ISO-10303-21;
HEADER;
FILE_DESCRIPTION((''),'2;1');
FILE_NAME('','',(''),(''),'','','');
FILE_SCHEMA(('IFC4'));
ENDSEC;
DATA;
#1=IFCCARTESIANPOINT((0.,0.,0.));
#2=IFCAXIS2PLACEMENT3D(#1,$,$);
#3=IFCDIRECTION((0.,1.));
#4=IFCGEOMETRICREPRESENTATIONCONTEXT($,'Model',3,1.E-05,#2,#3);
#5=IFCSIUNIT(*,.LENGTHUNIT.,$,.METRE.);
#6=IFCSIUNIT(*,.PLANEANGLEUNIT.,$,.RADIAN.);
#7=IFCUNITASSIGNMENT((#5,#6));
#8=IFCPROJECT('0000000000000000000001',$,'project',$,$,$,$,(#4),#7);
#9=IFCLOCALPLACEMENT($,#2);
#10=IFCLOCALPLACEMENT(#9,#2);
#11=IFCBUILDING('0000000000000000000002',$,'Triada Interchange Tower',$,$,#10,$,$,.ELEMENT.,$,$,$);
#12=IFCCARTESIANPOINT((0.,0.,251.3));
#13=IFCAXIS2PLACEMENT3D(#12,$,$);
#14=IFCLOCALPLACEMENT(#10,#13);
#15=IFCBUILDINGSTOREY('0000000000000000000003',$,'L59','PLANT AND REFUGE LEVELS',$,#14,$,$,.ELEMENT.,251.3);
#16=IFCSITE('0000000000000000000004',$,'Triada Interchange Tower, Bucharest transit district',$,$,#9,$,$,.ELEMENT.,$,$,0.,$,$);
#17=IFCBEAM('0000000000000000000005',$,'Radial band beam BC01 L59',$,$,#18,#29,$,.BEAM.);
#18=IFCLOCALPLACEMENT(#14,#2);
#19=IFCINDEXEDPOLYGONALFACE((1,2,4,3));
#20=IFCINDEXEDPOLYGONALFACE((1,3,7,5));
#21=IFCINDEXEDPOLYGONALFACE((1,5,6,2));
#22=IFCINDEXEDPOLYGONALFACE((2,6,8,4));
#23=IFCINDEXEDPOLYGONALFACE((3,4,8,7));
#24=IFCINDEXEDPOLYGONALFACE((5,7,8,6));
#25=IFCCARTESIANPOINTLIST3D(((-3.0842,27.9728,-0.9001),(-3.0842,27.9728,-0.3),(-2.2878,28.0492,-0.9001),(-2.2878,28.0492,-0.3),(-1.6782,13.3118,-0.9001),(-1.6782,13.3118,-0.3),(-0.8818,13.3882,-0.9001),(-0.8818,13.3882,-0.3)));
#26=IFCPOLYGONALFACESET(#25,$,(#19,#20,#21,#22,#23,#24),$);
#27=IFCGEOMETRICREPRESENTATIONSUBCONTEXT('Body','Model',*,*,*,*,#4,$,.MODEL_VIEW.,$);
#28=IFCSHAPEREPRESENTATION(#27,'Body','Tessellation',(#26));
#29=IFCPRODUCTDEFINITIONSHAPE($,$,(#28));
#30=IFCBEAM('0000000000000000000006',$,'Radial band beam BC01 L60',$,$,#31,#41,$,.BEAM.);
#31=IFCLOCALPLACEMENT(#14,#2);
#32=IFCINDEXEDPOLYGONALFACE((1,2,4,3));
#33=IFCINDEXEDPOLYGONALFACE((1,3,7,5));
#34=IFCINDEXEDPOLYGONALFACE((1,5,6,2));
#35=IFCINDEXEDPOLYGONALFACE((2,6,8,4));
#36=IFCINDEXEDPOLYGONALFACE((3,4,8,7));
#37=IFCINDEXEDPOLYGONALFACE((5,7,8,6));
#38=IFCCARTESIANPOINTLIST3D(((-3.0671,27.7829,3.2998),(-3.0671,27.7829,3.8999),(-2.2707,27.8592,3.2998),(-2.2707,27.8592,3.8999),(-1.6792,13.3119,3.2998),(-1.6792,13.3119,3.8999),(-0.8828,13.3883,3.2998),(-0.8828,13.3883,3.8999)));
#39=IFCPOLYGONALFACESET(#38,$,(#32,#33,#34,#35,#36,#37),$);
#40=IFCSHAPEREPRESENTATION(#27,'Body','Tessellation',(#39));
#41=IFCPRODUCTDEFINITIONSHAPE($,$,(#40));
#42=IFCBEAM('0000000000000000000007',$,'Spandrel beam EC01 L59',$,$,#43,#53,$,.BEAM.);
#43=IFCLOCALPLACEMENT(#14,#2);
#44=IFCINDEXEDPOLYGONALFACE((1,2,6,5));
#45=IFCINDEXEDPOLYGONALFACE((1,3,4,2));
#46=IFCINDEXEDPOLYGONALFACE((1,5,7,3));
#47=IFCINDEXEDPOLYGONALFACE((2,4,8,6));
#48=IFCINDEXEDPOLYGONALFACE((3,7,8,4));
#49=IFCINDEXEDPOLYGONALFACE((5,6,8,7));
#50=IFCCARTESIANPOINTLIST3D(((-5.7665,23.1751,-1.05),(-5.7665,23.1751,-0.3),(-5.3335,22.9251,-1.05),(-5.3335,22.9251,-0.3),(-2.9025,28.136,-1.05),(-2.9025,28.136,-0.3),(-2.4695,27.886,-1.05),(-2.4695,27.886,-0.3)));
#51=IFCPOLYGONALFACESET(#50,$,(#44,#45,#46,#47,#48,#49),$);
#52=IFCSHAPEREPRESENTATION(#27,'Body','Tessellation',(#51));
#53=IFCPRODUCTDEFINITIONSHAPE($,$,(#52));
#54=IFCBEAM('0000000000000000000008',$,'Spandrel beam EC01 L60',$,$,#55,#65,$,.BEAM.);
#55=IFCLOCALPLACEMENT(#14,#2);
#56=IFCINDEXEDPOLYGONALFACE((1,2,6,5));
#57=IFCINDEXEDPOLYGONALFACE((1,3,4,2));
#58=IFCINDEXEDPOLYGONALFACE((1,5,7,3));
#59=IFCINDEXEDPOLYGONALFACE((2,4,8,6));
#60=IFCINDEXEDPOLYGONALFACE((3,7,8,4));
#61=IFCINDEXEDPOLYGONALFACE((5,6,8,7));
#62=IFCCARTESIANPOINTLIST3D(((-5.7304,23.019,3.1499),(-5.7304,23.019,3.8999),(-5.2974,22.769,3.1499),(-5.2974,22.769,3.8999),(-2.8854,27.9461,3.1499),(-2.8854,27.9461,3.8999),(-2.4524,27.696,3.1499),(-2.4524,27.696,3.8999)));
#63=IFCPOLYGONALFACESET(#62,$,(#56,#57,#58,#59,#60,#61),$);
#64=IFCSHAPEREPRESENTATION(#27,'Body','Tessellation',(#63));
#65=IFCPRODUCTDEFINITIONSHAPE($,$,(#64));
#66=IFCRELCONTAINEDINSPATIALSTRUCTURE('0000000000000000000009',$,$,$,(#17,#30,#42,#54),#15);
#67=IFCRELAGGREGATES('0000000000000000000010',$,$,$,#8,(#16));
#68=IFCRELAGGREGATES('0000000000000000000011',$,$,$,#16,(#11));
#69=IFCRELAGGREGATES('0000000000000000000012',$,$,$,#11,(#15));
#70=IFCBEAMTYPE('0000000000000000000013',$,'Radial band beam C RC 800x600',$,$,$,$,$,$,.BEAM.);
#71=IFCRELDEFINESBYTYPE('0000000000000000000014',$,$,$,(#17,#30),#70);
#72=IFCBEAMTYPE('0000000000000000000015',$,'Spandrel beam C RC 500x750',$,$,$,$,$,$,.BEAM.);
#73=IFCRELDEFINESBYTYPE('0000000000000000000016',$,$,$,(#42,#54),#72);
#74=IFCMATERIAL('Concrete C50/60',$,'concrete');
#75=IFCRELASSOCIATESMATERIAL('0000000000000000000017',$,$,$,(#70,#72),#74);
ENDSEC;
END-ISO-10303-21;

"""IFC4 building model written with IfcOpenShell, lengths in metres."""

from ifc_helpers import new_model, si_unit, direction, frame, origin, origin_2d, place, context, subcontext, project, spatial, rectangle, extrude, material, material_profile, profile_set, type_object, element, save


model = new_model("IFC4")

# Units and contexts
model_context = context("Model", 3, precision=1e-05, world=origin(), true_north=direction((0.0, 1.0)))
body_context = subcontext(model_context, "Body", "Model", "MODEL_VIEW")
ifc_project = project(units=[si_unit("LENGTHUNIT", "METRE"), si_unit("PLANEANGLEUNIT", "RADIAN")], contexts=[model_context])

# Site, building, storey
site_placement = place(None, origin())
site = spatial("IfcSite", under=ifc_project, at=site_placement, Name="Triada Interchange Tower, Bucharest transit district", CompositionType="ELEMENT", RefElevation=0.0)
building_placement = place(site_placement, origin())
building = spatial("IfcBuilding", under=site, at=building_placement, Name="Triada Interchange Tower", CompositionType="ELEMENT")
storey_placement = place(building_placement, frame((0.0, 0.0, 251.3)))
storey = spatial("IfcBuildingStorey", under=building, at=storey_placement, Name="L59", Description="PLANT AND REFUGE LEVELS", CompositionType="ELEMENT", Elevation=251.3)

# Shared definitions
ifc_material_1 = material(Name="Concrete C50/60", Category="concrete")

# Beams
ifc_material_profile_1 = material_profile(ifc_material_1, rectangle(XDim=0.8, YDim=0.6001, at=origin_2d()), Name="RC 800x600")
ifc_profile_set_1 = profile_set([ifc_material_profile_1], Name="Concrete C50/60")
beam_type_1 = type_object("IfcBeamType", Name="Radial band beam C RC 800x600", PredefinedType="BEAM", material=ifc_profile_set_1)
beam_1_placement = place(storey_placement, frame((-2.686, 28.011, -0.6001), z_axis=(0.095464, -0.995433, 0.0), x_axis=(0.995433, 0.095464, 0.0)))
element("IfcBeam", 1, at=beam_1_placement, inside=storey, type_object=beam_type_1, Name="Radial band beam BC01 L59", PredefinedType="BEAM", context=body_context, shape_type="SweptSolid", body=[
    extrude(rectangle(XDim=0.8, YDim=0.6001, at=origin_2d()), origin(), (0.0, 0.0, 1.0), 14.7283),
])
beam_2_placement = place(storey_placement, frame((-2.6689, 27.821, 3.5999), z_axis=(0.095474, -0.995432, 0.0), x_axis=(0.995432, 0.095474, 0.0)))
element("IfcBeam", 2, at=beam_2_placement, inside=storey, type_object=beam_type_1, Name="Radial band beam BC01 L60", PredefinedType="BEAM", context=body_context, shape_type="SweptSolid", body=[
    extrude(rectangle(XDim=0.8, YDim=0.6001, at=origin_2d()), origin(), (0.0, 0.0, 1.0), 14.5374),
])
ifc_material_profile_2 = material_profile(ifc_material_1, rectangle(XDim=0.5, YDim=0.75, at=origin_2d()), Name="RC 500x750")
ifc_profile_set_2 = profile_set([ifc_material_profile_2], Name="Concrete C50/60")
beam_type_2 = type_object("IfcBeamType", Name="Spandrel beam C RC 500x750", PredefinedType="BEAM", material=ifc_profile_set_2)
beam_3_placement = place(storey_placement, frame((-2.686, 28.011, -0.675), z_axis=(-0.499976, -0.866039, 0.0), x_axis=(0.866039, -0.499976, 0.0)))
element("IfcBeam", 3, at=beam_3_placement, inside=storey, type_object=beam_type_2, Name="Spandrel beam EC01 L59", PredefinedType="BEAM", context=body_context, shape_type="SweptSolid", body=[
    extrude(rectangle(XDim=0.5, YDim=0.75, at=origin_2d()), origin(), (0.0, 0.0, 1.0), 5.7283),
])
beam_4_placement = place(storey_placement, frame((-2.6689, 27.821, 3.5249), z_axis=(-0.500048, -0.865998, 0.0), x_axis=(0.865998, -0.500048, 0.0)))
element("IfcBeam", 4, at=beam_4_placement, inside=storey, type_object=beam_type_2, Name="Spandrel beam EC01 L60", PredefinedType="BEAM", context=body_context, shape_type="SweptSolid", body=[
    extrude(rectangle(XDim=0.5, YDim=0.75, at=origin_2d()), origin(), (0.0, 0.0, 1.0), 5.6895),
])

save(model, "model.ifc")
